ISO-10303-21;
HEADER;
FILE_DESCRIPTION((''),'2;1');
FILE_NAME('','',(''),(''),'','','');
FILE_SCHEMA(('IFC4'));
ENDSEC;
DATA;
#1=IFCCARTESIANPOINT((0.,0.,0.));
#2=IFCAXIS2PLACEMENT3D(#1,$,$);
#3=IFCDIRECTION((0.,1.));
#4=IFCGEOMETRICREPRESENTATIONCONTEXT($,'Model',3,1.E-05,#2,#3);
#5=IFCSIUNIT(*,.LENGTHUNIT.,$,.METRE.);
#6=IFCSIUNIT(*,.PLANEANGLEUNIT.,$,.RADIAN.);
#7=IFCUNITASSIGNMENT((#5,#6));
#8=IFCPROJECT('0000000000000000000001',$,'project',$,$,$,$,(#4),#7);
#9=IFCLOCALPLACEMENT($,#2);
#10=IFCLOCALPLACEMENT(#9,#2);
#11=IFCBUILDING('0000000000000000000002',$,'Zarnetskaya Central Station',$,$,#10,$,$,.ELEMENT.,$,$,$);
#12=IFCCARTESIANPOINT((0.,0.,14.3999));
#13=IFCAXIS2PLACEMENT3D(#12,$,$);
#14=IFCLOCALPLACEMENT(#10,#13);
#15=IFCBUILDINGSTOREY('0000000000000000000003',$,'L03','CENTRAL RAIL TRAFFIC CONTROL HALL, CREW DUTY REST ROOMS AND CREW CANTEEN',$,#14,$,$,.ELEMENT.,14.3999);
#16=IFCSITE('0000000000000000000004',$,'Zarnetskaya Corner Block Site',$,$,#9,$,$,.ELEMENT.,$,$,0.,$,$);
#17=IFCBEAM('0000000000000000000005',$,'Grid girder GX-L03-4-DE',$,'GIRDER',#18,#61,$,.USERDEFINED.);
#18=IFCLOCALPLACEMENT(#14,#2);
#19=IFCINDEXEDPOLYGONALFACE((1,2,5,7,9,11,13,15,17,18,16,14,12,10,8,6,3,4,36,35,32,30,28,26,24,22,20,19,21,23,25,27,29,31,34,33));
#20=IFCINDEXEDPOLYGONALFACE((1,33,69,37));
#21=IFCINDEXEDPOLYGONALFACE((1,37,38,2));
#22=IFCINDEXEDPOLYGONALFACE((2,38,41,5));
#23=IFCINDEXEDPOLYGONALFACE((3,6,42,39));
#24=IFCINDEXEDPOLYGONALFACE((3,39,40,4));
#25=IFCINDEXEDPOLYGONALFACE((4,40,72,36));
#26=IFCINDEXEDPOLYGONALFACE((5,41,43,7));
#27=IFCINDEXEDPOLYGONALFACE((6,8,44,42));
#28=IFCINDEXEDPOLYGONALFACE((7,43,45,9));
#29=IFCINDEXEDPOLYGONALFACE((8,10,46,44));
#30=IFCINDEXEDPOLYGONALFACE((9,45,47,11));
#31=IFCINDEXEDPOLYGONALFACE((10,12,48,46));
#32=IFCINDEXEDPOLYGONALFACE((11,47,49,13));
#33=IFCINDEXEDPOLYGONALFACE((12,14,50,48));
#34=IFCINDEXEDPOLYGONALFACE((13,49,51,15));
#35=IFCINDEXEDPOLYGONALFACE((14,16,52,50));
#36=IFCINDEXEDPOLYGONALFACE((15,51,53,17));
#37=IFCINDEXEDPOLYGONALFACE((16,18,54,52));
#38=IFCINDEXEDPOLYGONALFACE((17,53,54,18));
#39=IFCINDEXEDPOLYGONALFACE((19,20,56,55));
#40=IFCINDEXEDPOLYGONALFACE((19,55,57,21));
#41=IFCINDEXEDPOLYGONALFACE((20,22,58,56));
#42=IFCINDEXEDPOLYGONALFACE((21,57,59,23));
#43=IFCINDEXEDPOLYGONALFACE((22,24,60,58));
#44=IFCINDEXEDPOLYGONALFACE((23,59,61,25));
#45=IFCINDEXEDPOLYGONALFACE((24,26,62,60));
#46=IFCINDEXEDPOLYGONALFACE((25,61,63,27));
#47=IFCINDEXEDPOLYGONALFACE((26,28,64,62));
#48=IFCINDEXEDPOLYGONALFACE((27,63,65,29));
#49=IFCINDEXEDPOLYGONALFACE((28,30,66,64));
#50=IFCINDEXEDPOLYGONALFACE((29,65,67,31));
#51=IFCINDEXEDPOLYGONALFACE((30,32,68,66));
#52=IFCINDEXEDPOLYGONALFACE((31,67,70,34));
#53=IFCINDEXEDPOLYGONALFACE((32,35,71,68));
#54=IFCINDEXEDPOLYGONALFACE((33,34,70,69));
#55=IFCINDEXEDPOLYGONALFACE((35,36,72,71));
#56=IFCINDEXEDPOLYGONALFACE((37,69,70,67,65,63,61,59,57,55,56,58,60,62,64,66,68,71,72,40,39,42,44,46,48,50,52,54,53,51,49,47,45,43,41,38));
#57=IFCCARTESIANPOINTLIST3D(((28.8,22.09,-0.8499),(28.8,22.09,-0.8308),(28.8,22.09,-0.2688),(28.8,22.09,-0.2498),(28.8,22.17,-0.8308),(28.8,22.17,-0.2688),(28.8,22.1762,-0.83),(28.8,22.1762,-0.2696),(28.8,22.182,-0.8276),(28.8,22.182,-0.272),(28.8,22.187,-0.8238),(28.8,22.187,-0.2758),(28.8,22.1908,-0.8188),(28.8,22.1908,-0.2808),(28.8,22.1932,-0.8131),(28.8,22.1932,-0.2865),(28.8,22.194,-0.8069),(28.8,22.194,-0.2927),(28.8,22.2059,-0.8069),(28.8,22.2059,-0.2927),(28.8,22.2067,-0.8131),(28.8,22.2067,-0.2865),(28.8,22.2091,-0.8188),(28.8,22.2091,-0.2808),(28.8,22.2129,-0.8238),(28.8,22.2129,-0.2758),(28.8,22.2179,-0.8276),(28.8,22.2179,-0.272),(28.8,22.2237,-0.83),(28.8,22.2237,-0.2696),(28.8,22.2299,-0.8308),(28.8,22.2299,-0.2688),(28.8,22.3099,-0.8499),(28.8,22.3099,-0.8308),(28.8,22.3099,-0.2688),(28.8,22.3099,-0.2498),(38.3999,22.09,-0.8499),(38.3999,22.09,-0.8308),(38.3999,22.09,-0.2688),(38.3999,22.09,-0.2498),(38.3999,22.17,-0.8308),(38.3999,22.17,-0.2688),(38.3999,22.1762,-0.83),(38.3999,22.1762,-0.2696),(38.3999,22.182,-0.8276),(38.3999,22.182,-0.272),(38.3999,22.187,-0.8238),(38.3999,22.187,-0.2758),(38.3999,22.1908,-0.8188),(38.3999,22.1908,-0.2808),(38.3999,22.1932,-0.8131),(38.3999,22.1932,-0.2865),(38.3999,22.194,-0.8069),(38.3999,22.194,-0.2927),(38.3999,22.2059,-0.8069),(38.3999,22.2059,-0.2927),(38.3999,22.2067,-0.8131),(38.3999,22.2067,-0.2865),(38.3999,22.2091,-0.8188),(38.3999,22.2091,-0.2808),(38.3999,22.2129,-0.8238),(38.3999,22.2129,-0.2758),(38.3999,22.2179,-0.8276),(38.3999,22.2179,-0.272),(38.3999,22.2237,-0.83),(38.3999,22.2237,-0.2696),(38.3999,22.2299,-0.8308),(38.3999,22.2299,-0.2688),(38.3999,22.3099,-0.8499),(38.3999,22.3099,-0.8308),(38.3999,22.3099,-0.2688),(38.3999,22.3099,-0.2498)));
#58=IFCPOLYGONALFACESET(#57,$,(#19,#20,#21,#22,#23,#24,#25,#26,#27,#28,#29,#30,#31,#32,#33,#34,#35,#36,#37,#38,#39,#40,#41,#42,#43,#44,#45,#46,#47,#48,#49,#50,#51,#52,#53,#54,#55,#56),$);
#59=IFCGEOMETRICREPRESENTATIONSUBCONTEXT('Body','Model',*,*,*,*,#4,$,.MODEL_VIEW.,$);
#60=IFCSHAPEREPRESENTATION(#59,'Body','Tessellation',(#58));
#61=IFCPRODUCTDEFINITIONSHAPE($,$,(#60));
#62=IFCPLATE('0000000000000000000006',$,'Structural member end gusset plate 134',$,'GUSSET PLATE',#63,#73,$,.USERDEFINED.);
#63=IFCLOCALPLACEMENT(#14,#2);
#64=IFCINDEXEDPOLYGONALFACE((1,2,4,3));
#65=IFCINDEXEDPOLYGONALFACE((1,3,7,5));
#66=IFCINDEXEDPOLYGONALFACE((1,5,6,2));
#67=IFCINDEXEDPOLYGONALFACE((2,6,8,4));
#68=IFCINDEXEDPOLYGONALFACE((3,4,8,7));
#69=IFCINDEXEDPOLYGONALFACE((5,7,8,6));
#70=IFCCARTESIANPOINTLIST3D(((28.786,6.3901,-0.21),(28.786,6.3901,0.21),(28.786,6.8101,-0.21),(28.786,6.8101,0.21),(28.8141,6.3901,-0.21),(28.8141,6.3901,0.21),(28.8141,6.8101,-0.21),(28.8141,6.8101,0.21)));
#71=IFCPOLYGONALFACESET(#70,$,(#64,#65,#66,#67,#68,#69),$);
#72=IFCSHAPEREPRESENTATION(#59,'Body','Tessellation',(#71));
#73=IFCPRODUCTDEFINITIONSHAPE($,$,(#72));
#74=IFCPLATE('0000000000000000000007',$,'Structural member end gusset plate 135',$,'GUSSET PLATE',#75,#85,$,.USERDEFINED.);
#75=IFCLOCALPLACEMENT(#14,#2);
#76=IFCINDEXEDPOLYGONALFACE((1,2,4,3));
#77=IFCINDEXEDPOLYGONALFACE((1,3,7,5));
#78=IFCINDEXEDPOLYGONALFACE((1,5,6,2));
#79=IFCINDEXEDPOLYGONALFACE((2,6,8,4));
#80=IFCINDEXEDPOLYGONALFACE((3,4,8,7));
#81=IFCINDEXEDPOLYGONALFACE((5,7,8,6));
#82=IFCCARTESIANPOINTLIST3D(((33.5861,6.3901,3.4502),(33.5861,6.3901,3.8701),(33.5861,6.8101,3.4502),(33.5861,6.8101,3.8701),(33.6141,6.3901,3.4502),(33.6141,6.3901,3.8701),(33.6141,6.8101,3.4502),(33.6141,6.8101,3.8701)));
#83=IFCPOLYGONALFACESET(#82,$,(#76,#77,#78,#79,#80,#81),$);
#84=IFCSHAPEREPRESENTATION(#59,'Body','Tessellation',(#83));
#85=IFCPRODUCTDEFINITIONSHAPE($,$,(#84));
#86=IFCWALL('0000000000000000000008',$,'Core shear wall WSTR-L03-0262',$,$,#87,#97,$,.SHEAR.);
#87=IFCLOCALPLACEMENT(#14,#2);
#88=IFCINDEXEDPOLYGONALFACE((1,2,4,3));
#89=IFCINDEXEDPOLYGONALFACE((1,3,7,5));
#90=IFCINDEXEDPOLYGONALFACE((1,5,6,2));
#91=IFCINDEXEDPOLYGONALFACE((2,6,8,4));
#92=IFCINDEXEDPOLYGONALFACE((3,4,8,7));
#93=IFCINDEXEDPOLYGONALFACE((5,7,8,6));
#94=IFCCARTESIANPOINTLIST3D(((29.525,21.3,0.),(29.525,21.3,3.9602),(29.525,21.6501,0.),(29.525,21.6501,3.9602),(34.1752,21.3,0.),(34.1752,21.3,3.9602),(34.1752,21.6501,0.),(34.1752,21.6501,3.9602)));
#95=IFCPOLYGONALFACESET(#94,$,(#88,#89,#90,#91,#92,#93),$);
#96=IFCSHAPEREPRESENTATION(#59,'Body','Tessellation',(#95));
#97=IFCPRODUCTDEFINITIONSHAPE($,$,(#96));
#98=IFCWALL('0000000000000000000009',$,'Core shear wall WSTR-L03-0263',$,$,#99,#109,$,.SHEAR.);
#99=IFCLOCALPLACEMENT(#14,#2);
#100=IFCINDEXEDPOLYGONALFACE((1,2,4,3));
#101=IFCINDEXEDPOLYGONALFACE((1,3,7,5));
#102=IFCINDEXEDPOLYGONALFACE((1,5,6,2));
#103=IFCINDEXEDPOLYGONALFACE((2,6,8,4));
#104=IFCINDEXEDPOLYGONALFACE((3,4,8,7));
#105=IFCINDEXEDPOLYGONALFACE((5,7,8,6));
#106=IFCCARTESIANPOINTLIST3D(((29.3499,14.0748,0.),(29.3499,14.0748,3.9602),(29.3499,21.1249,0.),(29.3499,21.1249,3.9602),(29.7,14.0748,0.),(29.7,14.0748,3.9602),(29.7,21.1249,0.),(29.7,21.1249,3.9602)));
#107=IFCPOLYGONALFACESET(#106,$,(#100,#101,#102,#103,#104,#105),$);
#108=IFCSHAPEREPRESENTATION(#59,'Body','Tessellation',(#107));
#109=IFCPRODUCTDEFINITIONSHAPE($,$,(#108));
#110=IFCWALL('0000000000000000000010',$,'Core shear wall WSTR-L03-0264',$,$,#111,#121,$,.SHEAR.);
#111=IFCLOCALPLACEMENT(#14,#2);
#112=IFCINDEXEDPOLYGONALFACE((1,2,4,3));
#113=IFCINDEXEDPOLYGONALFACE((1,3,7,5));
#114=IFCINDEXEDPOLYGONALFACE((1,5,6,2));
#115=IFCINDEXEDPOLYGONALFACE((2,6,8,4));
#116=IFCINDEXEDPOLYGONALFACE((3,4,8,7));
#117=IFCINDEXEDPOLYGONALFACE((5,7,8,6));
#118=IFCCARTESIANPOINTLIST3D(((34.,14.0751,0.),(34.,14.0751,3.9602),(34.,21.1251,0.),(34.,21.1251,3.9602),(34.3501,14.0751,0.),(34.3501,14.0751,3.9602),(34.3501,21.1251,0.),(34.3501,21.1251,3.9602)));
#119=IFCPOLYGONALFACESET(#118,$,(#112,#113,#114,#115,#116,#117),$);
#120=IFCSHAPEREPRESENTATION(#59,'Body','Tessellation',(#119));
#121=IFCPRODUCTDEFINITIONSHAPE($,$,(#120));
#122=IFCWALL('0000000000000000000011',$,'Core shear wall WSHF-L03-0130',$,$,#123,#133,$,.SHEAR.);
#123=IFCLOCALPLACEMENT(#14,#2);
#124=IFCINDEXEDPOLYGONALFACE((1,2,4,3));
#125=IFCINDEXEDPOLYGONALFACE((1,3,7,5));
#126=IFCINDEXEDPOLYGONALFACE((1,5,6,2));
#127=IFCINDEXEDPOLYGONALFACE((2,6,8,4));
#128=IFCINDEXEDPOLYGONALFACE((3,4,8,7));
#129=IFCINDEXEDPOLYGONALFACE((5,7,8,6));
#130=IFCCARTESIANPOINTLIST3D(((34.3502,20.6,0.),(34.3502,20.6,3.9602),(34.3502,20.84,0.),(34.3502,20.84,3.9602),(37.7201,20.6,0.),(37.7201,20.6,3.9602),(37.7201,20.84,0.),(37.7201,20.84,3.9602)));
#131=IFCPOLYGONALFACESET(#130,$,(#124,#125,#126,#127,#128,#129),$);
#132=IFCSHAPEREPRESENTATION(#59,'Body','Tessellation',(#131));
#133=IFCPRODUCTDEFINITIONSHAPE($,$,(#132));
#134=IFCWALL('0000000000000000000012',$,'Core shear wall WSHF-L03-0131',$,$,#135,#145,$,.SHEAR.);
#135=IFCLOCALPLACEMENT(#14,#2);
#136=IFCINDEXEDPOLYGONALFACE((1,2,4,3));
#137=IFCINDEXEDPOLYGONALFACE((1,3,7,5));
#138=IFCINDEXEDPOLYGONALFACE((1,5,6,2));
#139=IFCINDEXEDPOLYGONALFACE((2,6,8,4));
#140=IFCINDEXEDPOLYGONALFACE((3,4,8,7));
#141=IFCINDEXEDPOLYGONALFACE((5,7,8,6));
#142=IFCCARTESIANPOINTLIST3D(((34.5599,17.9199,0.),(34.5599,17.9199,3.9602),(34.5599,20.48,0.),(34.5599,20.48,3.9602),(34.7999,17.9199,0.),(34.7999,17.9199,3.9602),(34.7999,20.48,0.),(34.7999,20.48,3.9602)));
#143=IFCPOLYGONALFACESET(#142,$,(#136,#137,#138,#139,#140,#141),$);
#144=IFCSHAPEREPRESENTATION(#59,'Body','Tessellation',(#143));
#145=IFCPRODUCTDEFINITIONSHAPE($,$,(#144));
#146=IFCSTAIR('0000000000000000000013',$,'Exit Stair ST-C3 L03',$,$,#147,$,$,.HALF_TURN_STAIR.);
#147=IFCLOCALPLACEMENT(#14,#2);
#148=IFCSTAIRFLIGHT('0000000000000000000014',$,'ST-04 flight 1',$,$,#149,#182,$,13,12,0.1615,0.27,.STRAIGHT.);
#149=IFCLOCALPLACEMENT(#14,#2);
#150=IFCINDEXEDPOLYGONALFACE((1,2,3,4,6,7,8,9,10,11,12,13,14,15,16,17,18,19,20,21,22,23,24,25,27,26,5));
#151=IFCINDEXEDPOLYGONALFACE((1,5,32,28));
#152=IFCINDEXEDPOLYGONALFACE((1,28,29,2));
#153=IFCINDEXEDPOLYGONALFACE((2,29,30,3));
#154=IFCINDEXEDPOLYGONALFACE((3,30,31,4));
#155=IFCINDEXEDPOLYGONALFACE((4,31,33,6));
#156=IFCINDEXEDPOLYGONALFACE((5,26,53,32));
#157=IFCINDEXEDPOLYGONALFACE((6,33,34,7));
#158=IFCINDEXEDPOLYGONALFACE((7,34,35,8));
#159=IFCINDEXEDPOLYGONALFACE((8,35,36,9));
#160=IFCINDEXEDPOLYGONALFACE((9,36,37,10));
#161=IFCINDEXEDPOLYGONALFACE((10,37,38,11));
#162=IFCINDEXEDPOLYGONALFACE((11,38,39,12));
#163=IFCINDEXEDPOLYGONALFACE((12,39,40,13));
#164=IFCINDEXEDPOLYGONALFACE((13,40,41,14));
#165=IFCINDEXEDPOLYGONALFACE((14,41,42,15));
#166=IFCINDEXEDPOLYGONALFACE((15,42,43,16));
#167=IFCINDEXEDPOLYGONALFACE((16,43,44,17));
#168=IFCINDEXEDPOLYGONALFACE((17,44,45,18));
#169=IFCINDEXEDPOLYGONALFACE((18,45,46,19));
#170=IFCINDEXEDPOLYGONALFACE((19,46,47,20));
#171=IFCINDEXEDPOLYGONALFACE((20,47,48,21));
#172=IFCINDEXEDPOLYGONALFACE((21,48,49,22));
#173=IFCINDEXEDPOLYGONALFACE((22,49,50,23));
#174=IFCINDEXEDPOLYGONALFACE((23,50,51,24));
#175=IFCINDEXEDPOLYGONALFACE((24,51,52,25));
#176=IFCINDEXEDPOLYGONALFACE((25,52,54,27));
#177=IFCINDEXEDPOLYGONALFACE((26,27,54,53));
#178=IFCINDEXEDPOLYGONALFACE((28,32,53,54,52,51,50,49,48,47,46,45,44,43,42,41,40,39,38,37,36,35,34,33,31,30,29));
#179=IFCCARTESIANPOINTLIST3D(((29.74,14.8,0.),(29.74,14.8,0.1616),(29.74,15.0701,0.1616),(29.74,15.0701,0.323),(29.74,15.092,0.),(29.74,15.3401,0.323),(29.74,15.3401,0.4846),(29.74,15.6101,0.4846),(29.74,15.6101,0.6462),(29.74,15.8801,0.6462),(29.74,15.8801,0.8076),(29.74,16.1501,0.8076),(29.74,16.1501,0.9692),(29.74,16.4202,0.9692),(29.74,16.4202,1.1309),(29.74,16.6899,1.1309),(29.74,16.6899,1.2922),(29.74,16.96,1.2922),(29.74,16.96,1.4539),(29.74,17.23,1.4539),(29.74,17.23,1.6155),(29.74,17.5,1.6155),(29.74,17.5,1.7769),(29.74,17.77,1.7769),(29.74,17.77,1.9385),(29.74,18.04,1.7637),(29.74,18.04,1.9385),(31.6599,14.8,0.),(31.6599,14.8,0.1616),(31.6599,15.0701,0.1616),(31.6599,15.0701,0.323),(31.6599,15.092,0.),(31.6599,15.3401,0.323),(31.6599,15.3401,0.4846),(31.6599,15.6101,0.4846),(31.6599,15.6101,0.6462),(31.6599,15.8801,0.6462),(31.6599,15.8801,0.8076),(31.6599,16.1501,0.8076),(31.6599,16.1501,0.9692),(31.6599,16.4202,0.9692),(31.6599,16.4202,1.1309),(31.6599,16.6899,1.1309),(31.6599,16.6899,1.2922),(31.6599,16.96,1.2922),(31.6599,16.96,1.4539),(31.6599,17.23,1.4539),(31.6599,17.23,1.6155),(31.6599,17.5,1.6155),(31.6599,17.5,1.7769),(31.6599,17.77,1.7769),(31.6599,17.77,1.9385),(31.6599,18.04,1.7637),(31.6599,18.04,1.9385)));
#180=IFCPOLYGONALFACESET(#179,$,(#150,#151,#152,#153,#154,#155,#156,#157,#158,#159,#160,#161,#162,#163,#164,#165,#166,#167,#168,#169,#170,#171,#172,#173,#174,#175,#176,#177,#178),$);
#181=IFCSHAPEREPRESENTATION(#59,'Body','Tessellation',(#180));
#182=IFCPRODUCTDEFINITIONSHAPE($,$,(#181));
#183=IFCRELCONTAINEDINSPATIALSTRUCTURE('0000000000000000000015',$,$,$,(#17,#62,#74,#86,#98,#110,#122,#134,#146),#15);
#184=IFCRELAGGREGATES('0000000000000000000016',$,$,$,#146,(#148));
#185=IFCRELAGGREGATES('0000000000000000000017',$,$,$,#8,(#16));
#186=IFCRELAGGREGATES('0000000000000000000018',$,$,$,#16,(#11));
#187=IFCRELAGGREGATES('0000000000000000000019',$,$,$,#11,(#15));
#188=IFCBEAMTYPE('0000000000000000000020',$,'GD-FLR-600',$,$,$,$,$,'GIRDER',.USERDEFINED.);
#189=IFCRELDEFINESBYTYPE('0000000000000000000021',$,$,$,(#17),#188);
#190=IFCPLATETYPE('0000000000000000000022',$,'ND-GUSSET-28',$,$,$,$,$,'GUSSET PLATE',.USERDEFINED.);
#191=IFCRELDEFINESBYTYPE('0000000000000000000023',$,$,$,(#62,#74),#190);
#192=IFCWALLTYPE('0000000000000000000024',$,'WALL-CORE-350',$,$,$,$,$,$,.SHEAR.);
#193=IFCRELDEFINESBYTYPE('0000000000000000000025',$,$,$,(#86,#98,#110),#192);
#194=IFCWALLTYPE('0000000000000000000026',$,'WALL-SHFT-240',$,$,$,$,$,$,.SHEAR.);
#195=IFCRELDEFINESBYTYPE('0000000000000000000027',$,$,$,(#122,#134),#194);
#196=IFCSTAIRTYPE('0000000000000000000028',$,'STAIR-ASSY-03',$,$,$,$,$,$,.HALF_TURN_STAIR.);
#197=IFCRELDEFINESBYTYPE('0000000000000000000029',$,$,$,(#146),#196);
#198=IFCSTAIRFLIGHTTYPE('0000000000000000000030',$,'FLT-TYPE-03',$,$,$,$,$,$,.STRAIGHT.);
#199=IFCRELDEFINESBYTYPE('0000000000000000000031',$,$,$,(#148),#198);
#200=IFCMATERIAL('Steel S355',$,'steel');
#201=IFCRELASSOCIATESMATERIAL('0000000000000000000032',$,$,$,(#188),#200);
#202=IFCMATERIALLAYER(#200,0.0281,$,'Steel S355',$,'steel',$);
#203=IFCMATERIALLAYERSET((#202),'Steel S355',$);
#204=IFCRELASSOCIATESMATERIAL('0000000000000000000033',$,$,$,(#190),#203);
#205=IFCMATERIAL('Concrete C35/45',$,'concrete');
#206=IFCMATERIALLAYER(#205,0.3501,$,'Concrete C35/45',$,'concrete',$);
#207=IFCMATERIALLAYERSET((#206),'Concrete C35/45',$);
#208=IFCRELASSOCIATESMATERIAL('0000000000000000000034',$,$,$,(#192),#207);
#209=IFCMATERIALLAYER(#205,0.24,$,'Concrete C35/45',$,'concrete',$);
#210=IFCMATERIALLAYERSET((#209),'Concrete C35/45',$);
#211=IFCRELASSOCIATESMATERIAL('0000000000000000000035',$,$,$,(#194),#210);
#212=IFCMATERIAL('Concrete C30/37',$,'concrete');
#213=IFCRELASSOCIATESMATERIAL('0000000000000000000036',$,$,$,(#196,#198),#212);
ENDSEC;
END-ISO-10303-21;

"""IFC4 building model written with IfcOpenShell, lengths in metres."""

from ifc_helpers import new_model, si_unit, direction, frame, frame_2d, origin, origin_2d, place, context, subcontext, project, spatial, polyline, rectangle, i_section, outline, extrude, material, layer, layer_set, material_profile, profile_set, type_object, element, aggregate, save


model = new_model("IFC4")

# Units and contexts
model_context = context("Model", 3, precision=1e-05, world=origin(), true_north=direction((0.0, 1.0)))
body_context = subcontext(model_context, "Body", "Model", "MODEL_VIEW")
ifc_project = project(units=[si_unit("LENGTHUNIT", "METRE"), si_unit("PLANEANGLEUNIT", "RADIAN")], contexts=[model_context])

# Site, building, storey
site_placement = place(None, origin())
site = spatial("IfcSite", under=ifc_project, at=site_placement, Name="Zarnetskaya Corner Block Site", CompositionType="ELEMENT", RefElevation=0.0)
building_placement = place(site_placement, origin())
building = spatial("IfcBuilding", under=site, at=building_placement, Name="Zarnetskaya Central Station", CompositionType="ELEMENT")
storey_placement = place(building_placement, frame((0.0, 0.0, 14.3999)))
storey = spatial("IfcBuildingStorey", under=building, at=storey_placement, Name="L03", Description="CENTRAL RAIL TRAFFIC CONTROL HALL, CREW DUTY REST ROOMS AND CREW CANTEEN", CompositionType="ELEMENT", Elevation=14.3999)

# Shared definitions
ifc_material_1 = material(Name="Steel S355", Category="steel")

# Beam
ifc_material_profile_1 = material_profile(ifc_material_1, i_section(OverallWidth=0.22, OverallDepth=0.6001, WebThickness=0.012, FlangeThickness=0.019, FilletRadius=0.0239, at=origin_2d()), Name="IPE 600")
ifc_profile_set_1 = profile_set([ifc_material_profile_1], Name="Steel S355")
beam_type_1 = type_object("IfcBeamType", Name="GD-FLR-600", ElementType="GIRDER", PredefinedType="USERDEFINED", material=ifc_profile_set_1)
for number, where, z_axis, x_axis, name in (
    (1, (28.8, 22.2, -0.5498), (1.0, 0.0, 0.0), (0.0, 1.0, 0.0), "Grid girder GX-L03-4-DE"),
):
    element("IfcBeam", number, at=place(storey_placement, frame(where, z_axis=z_axis, x_axis=x_axis)), inside=storey, type_object=beam_type_1, Name=name, ObjectType="GIRDER", PredefinedType="USERDEFINED", context=body_context, shape_type="SweptSolid", body=[
        extrude(i_section(OverallWidth=0.22, OverallDepth=0.6001, WebThickness=0.012, FlangeThickness=0.019, FilletRadius=0.0239, at=origin_2d()), origin(), (0.0, 0.0, 1.0), 9.5999),
    ])

# Plates
ifc_layer_1 = layer(ifc_material_1, 0.0281, Name="Steel S355", Category="steel")
ifc_layer_set_1 = layer_set([ifc_layer_1], Name="Steel S355")
plate_type = type_object("IfcPlateType", Name="ND-GUSSET-28", ElementType="GUSSET PLATE", PredefinedType="USERDEFINED", material=ifc_layer_set_1)
for number, where, z_axis, x_axis, name in (
    (2, (28.8, 6.6001, -0.21), (0.0, 0.0, 1.0), (1.0, 0.0, 0.0), "Structural member end gusset plate 134"),
    (3, (33.6001, 6.6001, 3.4502), (0.0, 0.0, 1.0), (1.0, 0.0, 0.0), "Structural member end gusset plate 135"),
):
    element("IfcPlate", number, at=place(storey_placement, frame(where, z_axis=z_axis, x_axis=x_axis)), inside=storey, type_object=plate_type, Name=name, ObjectType="GUSSET PLATE", PredefinedType="USERDEFINED", context=body_context, shape_type="SweptSolid", body=[
        extrude(rectangle(XDim=0.0281, YDim=0.4199, at=origin_2d()), origin(), (0.0, 0.0, 1.0), 0.4199),
    ])

# Shared definitions
ifc_material_2 = material(Name="Concrete C35/45", Category="concrete")
ifc_layer_2 = layer(ifc_material_2, 0.3501, Name="Concrete C35/45", Category="concrete")
ifc_layer_set_2 = layer_set([ifc_layer_2], Name="Concrete C35/45")
wall_type_1 = type_object("IfcWallType", Name="WALL-CORE-350", PredefinedType="SHEAR", material=ifc_layer_set_2)

# Walls
wall_1_placement = place(storey_placement, frame((29.5249, 21.4751, 0.0), z_axis=(0.0, 0.0, 1.0), x_axis=(1.0, 0.0, 0.0)))
element("IfcWall", 4, at=wall_1_placement, inside=storey, type_object=wall_type_1, Name="Core shear wall WSTR-L03-0262", PredefinedType="SHEAR", context=body_context, shape_type="SweptSolid", body=[
    extrude(rectangle(XDim=4.6501, YDim=0.3501, at=frame_2d((2.3252, 0.0))), origin(), (0.0, 0.0, 1.0), 3.9602),
])
for number, where, z_axis, x_axis, name in (
    (5, (29.5249, 14.075, 0.0), (0.0, 0.0, 1.0), (0.0, 1.0, 0.0), "Core shear wall WSTR-L03-0263"),
    (6, (34.175, 21.125, 0.0), (0.0, 0.0, 1.0), (0.0, -1.0, 0.0), "Core shear wall WSTR-L03-0264"),
):
    element("IfcWall", number, at=place(storey_placement, frame(where, z_axis=z_axis, x_axis=x_axis)), inside=storey, type_object=wall_type_1, Name=name, PredefinedType="SHEAR", context=body_context, shape_type="SweptSolid", body=[
        extrude(rectangle(XDim=7.05, YDim=0.3501, at=frame_2d((3.5249, 0.0))), origin(), (0.0, 0.0, 1.0), 3.9602),
    ])
ifc_layer_3 = layer(ifc_material_2, 0.24, Name="Concrete C35/45", Category="concrete")
ifc_layer_set_3 = layer_set([ifc_layer_3], Name="Concrete C35/45")
wall_type_2 = type_object("IfcWallType", Name="WALL-SHFT-240", PredefinedType="SHEAR", material=ifc_layer_set_3)
wall_2_placement = place(storey_placement, frame((34.3501, 20.72, 0.0), z_axis=(0.0, 0.0, 1.0), x_axis=(1.0, 0.0, 0.0)))
element("IfcWall", 7, at=wall_2_placement, inside=storey, type_object=wall_type_2, Name="Core shear wall WSHF-L03-0130", PredefinedType="SHEAR", context=body_context, shape_type="SweptSolid", body=[
    extrude(rectangle(XDim=3.3699, YDim=0.24, at=frame_2d((1.6851, 0.0))), origin(), (0.0, 0.0, 1.0), 3.9602),
])
wall_3_placement = place(storey_placement, frame((34.6799, 17.9199, 0.0), z_axis=(0.0, 0.0, 1.0), x_axis=(0.0, 1.0, 0.0)))
element("IfcWall", 8, at=wall_3_placement, inside=storey, type_object=wall_type_2, Name="Core shear wall WSHF-L03-0131", PredefinedType="SHEAR", context=body_context, shape_type="SweptSolid", body=[
    extrude(rectangle(XDim=2.5601, YDim=0.24, at=frame_2d((1.28, 0.0))), origin(), (0.0, 0.0, 1.0), 3.9602),
])

# Stair, stair flight
ifc_material_3 = material(Name="Concrete C30/37", Category="concrete")
stair_type = type_object("IfcStairType", Name="STAIR-ASSY-03", PredefinedType="HALF_TURN_STAIR", material=ifc_material_3)
stair_placement = place(storey_placement, origin())
stair = element("IfcStair", 9, at=stair_placement, inside=storey, type_object=stair_type, Name="Exit Stair ST-C3 L03", PredefinedType="HALF_TURN_STAIR")
stair_flight_type = type_object("IfcStairFlightType", Name="FLT-TYPE-03", PredefinedType="STRAIGHT", material=ifc_material_3)
stair_flight_1_placement = place(storey_placement, frame((30.7, 14.8, 0.0), z_axis=(0.0, 0.0, 1.0), x_axis=(0.0, 1.0, 0.0)))
stair_flight_1 = element("IfcStairFlight", 10, at=stair_flight_1_placement, type_object=stair_flight_type, Name="ST-04 flight 1", NumberOfRisers=13, NumberOfTreads=12, PredefinedType="STRAIGHT", RiserHeight=0.1615, TreadLength=0.27, context=body_context, shape_type="SweptSolid", body=[
    extrude(outline(polyline([(0.0, 0.0), (0.0, 0.1616), (0.27, 0.1616), (0.27, 0.323), (0.54, 0.323), (0.54, 0.4846), (0.8101, 0.4846), (0.8101, 0.6462), (1.0801, 0.6462), (1.0801, 0.8076), (1.3501, 0.8076), (1.3501, 0.9692), (1.6201, 0.9692), (1.6201, 1.1309), (1.8899, 1.1309), (1.8899, 1.2922), (2.1599, 1.2922), (2.1599, 1.4539), (2.4299, 1.4539), (2.4299, 1.6155), (2.7, 1.6155), (2.7, 1.7769), (2.97, 1.7769), (2.97, 1.9385), (3.24, 1.9385), (3.24, 2.1001), (3.24, 1.7637), (0.292, 0.0), (0.0, 0.0)])), frame((0.0, 0.96, 0.0), z_axis=(0.0, -1.0, 0.0), x_axis=(1.0, 0.0, 0.0)), (0.0, 0.0, 1.0), 1.9199),
])
aggregate(stair, [stair_flight_1])

save(model, "model.ifc")
